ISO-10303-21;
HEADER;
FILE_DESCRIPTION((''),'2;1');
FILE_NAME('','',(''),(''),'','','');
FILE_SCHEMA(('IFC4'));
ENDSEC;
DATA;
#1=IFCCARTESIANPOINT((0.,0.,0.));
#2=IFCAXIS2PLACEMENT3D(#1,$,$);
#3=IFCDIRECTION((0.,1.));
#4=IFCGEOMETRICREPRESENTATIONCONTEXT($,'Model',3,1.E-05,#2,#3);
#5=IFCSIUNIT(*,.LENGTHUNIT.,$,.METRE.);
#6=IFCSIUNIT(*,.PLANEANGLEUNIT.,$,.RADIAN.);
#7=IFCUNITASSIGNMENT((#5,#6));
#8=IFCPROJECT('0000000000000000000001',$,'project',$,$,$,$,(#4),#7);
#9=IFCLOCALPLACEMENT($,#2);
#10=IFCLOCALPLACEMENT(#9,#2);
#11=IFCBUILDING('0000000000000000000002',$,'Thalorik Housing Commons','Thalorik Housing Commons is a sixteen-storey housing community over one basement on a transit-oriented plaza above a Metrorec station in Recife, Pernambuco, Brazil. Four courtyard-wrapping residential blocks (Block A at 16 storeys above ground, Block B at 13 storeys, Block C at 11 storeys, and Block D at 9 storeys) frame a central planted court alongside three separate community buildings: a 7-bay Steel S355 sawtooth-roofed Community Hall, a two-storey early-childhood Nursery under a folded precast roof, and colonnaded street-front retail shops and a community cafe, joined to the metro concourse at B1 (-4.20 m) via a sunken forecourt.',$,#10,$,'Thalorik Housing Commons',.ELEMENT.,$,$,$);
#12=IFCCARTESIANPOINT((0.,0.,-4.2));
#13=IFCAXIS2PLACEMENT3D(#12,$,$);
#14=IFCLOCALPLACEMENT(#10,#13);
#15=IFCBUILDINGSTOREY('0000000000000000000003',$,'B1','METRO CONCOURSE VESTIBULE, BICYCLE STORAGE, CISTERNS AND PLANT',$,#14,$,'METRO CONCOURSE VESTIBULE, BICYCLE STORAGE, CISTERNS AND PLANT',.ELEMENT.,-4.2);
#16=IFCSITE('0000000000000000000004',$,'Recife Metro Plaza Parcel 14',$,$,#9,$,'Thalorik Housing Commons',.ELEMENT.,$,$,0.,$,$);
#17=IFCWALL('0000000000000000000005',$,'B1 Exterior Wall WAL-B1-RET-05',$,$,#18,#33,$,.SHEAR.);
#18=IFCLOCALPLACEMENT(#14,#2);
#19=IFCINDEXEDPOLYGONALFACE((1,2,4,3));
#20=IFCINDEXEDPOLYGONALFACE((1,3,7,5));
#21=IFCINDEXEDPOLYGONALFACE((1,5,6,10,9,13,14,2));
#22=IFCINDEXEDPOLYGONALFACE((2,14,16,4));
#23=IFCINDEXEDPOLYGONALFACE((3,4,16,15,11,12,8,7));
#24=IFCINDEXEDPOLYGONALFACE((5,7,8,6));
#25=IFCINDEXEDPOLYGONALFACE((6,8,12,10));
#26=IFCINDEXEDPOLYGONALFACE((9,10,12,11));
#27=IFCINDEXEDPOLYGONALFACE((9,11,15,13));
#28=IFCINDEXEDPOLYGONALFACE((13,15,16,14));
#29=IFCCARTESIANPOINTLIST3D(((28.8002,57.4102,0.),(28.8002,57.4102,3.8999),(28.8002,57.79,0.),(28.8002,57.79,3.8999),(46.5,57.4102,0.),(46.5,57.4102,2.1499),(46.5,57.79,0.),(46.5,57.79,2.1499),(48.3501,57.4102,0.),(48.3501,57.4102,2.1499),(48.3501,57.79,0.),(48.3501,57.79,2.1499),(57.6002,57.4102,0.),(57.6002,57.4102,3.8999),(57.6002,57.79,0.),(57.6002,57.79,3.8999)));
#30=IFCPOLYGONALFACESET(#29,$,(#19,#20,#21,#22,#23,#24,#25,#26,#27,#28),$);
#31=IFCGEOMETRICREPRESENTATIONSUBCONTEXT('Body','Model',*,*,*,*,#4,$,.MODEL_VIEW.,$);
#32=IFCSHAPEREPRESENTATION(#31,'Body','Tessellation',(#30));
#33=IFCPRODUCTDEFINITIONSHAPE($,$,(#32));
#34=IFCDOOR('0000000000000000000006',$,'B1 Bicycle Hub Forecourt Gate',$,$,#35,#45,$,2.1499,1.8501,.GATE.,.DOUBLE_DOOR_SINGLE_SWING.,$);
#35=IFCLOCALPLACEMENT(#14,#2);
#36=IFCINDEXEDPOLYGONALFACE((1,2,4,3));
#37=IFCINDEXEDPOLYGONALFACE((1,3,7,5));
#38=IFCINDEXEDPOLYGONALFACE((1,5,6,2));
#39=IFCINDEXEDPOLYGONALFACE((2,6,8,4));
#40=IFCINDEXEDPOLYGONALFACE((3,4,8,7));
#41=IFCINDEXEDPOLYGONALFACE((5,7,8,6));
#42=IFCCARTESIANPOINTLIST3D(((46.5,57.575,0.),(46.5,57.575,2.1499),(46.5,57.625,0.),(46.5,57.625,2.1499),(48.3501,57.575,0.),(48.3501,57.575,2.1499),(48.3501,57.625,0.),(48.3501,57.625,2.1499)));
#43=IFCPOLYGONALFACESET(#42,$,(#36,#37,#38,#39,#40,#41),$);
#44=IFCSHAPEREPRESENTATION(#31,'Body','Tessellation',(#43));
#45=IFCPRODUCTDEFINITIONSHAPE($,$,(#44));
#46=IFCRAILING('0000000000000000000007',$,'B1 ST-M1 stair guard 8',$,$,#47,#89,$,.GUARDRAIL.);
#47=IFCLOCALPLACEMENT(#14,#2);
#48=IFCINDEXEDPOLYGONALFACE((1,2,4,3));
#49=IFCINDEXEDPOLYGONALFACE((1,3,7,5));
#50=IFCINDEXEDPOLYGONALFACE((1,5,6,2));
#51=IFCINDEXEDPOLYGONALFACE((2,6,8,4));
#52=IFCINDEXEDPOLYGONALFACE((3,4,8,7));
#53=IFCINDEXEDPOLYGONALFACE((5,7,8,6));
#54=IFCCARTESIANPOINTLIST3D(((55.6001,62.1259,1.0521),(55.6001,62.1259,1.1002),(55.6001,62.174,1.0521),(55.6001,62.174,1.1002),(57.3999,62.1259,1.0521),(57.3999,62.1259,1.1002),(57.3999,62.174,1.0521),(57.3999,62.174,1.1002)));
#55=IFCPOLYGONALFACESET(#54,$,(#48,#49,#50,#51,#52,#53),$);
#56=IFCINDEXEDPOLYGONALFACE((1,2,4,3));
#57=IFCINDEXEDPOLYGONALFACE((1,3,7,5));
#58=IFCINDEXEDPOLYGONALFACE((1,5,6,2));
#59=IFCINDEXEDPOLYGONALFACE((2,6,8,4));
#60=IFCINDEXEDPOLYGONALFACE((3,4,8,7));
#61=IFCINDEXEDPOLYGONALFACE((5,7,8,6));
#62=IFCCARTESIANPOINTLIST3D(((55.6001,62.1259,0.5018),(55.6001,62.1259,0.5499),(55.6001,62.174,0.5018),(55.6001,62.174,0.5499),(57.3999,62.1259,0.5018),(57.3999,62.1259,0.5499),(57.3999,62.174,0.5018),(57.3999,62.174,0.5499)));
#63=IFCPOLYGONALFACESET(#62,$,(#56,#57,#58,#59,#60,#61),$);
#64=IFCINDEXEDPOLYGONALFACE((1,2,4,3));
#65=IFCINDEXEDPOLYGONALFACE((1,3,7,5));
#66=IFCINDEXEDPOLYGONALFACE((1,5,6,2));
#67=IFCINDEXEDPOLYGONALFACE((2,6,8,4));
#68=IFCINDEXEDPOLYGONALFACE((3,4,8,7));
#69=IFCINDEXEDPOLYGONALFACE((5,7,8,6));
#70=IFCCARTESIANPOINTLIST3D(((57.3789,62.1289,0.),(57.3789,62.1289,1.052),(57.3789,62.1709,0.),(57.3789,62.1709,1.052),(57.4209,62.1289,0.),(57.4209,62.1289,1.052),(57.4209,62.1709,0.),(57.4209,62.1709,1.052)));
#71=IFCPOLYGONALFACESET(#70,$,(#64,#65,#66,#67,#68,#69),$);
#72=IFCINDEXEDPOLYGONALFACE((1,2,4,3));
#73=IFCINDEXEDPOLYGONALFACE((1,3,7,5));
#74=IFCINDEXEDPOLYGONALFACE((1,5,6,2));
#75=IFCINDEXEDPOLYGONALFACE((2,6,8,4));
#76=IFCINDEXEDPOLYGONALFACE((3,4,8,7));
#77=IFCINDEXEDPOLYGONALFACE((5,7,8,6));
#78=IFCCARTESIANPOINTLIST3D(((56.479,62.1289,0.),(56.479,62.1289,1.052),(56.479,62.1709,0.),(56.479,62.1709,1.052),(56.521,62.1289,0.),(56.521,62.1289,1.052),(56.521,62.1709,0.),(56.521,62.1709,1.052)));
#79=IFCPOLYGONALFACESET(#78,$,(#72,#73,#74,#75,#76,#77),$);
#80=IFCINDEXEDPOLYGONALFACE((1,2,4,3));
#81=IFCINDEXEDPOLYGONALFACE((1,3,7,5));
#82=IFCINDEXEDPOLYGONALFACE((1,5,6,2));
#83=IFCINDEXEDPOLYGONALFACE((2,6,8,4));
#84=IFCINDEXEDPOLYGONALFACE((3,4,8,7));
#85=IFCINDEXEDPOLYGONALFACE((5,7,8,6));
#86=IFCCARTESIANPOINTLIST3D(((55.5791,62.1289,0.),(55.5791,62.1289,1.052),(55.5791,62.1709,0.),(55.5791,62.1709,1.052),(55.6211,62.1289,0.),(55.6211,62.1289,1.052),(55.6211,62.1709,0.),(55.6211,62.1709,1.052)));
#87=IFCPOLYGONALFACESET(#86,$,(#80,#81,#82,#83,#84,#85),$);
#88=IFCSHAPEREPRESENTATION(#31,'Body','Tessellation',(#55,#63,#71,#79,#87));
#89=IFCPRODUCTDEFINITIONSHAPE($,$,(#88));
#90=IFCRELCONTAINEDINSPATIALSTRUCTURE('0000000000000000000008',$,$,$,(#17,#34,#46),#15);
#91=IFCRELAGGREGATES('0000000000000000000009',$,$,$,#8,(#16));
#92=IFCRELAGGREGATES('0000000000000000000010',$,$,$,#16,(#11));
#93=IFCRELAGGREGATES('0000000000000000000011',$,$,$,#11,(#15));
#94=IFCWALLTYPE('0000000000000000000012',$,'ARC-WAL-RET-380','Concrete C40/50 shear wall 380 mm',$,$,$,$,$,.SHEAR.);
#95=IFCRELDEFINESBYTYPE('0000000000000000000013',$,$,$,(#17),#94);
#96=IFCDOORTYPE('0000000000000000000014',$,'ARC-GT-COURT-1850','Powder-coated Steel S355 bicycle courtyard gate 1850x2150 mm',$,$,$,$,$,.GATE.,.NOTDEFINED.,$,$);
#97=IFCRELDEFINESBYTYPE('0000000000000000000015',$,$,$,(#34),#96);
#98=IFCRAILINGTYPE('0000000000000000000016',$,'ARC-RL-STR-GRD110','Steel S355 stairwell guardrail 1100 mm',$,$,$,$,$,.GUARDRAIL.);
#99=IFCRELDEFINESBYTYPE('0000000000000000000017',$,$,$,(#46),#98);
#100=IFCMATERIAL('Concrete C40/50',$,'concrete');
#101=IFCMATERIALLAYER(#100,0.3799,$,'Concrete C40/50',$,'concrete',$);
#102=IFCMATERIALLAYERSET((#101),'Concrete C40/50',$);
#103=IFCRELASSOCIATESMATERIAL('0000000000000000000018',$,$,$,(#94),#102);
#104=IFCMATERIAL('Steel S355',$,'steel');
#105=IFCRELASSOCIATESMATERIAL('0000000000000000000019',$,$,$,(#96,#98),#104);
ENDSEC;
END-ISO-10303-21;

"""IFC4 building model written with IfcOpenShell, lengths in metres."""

from ifc_helpers import new_model, si_unit, direction, frame, frame_2d, origin, origin_2d, place, context, subcontext, project, spatial, rectangle, extrude, material, layer, layer_set, type_object, element, fill, save


model = new_model("IFC4")

# Units and contexts
model_context = context("Model", 3, precision=1e-05, world=origin(), true_north=direction((0.0, 1.0)))
body_context = subcontext(model_context, "Body", "Model", "MODEL_VIEW")
ifc_project = project(units=[si_unit("LENGTHUNIT", "METRE"), si_unit("PLANEANGLEUNIT", "RADIAN")], contexts=[model_context])

# Site, building, storey
site_placement = place(None, origin())
site = spatial("IfcSite", under=ifc_project, at=site_placement, Name="Recife Metro Plaza Parcel 14", LongName="Thalorik Housing Commons", CompositionType="ELEMENT", RefElevation=0.0)
building_placement = place(site_placement, origin())
building = spatial("IfcBuilding", under=site, at=building_placement, Name="Thalorik Housing Commons", Description="Thalorik Housing Commons is a sixteen-storey housing community over one basement on a transit-oriented plaza above a Metrorec station in Recife, Pernambuco, Brazil. Four courtyard-wrapping residential blocks (Block A at 16 storeys above ground, Block B at 13 storeys, Block C at 11 storeys, and Block D at 9 storeys) frame a central planted court alongside three separate community buildings: a 7-bay Steel S355 sawtooth-roofed Community Hall, a two-storey early-childhood Nursery under a folded precast roof, and colonnaded street-front retail shops and a community cafe, joined to the metro concourse at B1 (-4.20 m) via a sunken forecourt.", LongName="Thalorik Housing Commons", CompositionType="ELEMENT")
storey_placement = place(building_placement, frame((0.0, 0.0, -4.2)))
storey = spatial("IfcBuildingStorey", under=building, at=storey_placement, Name="B1", Description="METRO CONCOURSE VESTIBULE, BICYCLE STORAGE, CISTERNS AND PLANT", LongName="METRO CONCOURSE VESTIBULE, BICYCLE STORAGE, CISTERNS AND PLANT", CompositionType="ELEMENT", Elevation=-4.2)

# Shared definitions
ifc_material_1 = material(Name="Concrete C40/50", Category="concrete")

# Wall, opening, door
ifc_layer_1 = layer(ifc_material_1, 0.3799, Name="Concrete C40/50", Category="concrete")
ifc_layer_set_1 = layer_set([ifc_layer_1], Name="Concrete C40/50")
wall_type_1 = type_object("IfcWallType", Name="ARC-WAL-RET-380", Description="Concrete C40/50 shear wall 380 mm", PredefinedType="SHEAR", material=ifc_layer_set_1)
wall_1_placement = place(storey_placement, frame((57.6001, 57.6001, 0.0), z_axis=(0.0, 0.0, 1.0), x_axis=(-1.0, 0.0, 0.0)))
wall_1 = element("IfcWall", 1, at=wall_1_placement, inside=storey, type_object=wall_type_1, Name="B1 Exterior Wall WAL-B1-RET-05", PredefinedType="SHEAR", context=body_context, shape_type="SweptSolid", body=[
    extrude(rectangle(XDim=28.8, YDim=0.3799, at=frame_2d((14.3999, 0.0))), origin(), (0.0, 0.0, 1.0), 3.8999),
])
opening_placement = place(wall_1_placement, frame((9.25, 0.0, 0.0)))
opening = element("IfcOpeningElement", 2, at=opening_placement, cuts=wall_1, PredefinedType="OPENING", context=body_context, shape_type="SweptSolid", body=[
    extrude(rectangle(XDim=1.8501, YDim=2.1499, at=frame_2d((0.925, 1.075))), frame((0.0, 0.2, 0.0), z_axis=(0.0, -1.0, 0.0), x_axis=(1.0, 0.0, 0.0)), (0.0, 0.0, 1.0), 0.3999),
])
ifc_material_2 = material(Name="Steel S355", Category="steel")
door_type = type_object("IfcDoorType", Name="ARC-GT-COURT-1850", Description="Powder-coated Steel S355 bicycle courtyard gate 1850x2150 mm", OperationType="NOTDEFINED", PredefinedType="GATE", material=ifc_material_2)
door_placement = place(opening_placement, frame((1.8501, 0.0, 0.0), z_axis=(0.0, 0.0, 1.0), x_axis=(-1.0, 0.0, 0.0)))
door = element("IfcDoor", 3, at=door_placement, inside=storey, type_object=door_type, Name="B1 Bicycle Hub Forecourt Gate", OperationType="DOUBLE_DOOR_SINGLE_SWING", OverallHeight=2.1499, OverallWidth=1.8501, PredefinedType="GATE", context=body_context, shape_type="SweptSolid", body=[
    extrude(rectangle(XDim=1.8501, YDim=2.1499, at=frame_2d((0.925, 1.075))), frame((0.0, 0.0249, 0.0), z_axis=(0.0, -1.0, 0.0), x_axis=(1.0, 0.0, 0.0)), (0.0, 0.0, 1.0), 0.05),
])
fill(opening, door)

# Railing
railing_type = type_object("IfcRailingType", Name="ARC-RL-STR-GRD110", Description="Steel S355 stairwell guardrail 1100 mm", PredefinedType="GUARDRAIL", material=ifc_material_2)
railing_placement = place(storey_placement, frame((57.3999, 62.1499, 0.0)))
element("IfcRailing", 4, at=railing_placement, inside=storey, type_object=railing_type, Name="B1 ST-M1 stair guard 8", PredefinedType="GUARDRAIL", context=body_context, shape_type="SweptSolid", body=[
    extrude(rectangle(XDim=0.0481, YDim=0.0481, at=origin_2d()), frame((0.0, 0.0, 1.0762), z_axis=(-1.0, 0.0, 0.0), x_axis=(0.0, -1.0, 0.0)), (0.0, 0.0, 1.0), 1.7998),
    extrude(rectangle(XDim=0.0481, YDim=0.0481, at=origin_2d()), frame((0.0, 0.0, 0.5259), z_axis=(-1.0, 0.0, 0.0), x_axis=(0.0, -1.0, 0.0)), (0.0, 0.0, 1.0), 1.7998),
    extrude(rectangle(XDim=0.042, YDim=0.042, at=origin_2d()), origin(), (0.0, 0.0, 1.0), 1.052),
    extrude(rectangle(XDim=0.042, YDim=0.042, at=origin_2d()), frame((-0.8999, 0.0, 0.0)), (0.0, 0.0, 1.0), 1.052),
    extrude(rectangle(XDim=0.042, YDim=0.042, at=origin_2d()), frame((-1.7998, 0.0, 0.0)), (0.0, 0.0, 1.0), 1.052),
])

save(model, "model.ifc")
